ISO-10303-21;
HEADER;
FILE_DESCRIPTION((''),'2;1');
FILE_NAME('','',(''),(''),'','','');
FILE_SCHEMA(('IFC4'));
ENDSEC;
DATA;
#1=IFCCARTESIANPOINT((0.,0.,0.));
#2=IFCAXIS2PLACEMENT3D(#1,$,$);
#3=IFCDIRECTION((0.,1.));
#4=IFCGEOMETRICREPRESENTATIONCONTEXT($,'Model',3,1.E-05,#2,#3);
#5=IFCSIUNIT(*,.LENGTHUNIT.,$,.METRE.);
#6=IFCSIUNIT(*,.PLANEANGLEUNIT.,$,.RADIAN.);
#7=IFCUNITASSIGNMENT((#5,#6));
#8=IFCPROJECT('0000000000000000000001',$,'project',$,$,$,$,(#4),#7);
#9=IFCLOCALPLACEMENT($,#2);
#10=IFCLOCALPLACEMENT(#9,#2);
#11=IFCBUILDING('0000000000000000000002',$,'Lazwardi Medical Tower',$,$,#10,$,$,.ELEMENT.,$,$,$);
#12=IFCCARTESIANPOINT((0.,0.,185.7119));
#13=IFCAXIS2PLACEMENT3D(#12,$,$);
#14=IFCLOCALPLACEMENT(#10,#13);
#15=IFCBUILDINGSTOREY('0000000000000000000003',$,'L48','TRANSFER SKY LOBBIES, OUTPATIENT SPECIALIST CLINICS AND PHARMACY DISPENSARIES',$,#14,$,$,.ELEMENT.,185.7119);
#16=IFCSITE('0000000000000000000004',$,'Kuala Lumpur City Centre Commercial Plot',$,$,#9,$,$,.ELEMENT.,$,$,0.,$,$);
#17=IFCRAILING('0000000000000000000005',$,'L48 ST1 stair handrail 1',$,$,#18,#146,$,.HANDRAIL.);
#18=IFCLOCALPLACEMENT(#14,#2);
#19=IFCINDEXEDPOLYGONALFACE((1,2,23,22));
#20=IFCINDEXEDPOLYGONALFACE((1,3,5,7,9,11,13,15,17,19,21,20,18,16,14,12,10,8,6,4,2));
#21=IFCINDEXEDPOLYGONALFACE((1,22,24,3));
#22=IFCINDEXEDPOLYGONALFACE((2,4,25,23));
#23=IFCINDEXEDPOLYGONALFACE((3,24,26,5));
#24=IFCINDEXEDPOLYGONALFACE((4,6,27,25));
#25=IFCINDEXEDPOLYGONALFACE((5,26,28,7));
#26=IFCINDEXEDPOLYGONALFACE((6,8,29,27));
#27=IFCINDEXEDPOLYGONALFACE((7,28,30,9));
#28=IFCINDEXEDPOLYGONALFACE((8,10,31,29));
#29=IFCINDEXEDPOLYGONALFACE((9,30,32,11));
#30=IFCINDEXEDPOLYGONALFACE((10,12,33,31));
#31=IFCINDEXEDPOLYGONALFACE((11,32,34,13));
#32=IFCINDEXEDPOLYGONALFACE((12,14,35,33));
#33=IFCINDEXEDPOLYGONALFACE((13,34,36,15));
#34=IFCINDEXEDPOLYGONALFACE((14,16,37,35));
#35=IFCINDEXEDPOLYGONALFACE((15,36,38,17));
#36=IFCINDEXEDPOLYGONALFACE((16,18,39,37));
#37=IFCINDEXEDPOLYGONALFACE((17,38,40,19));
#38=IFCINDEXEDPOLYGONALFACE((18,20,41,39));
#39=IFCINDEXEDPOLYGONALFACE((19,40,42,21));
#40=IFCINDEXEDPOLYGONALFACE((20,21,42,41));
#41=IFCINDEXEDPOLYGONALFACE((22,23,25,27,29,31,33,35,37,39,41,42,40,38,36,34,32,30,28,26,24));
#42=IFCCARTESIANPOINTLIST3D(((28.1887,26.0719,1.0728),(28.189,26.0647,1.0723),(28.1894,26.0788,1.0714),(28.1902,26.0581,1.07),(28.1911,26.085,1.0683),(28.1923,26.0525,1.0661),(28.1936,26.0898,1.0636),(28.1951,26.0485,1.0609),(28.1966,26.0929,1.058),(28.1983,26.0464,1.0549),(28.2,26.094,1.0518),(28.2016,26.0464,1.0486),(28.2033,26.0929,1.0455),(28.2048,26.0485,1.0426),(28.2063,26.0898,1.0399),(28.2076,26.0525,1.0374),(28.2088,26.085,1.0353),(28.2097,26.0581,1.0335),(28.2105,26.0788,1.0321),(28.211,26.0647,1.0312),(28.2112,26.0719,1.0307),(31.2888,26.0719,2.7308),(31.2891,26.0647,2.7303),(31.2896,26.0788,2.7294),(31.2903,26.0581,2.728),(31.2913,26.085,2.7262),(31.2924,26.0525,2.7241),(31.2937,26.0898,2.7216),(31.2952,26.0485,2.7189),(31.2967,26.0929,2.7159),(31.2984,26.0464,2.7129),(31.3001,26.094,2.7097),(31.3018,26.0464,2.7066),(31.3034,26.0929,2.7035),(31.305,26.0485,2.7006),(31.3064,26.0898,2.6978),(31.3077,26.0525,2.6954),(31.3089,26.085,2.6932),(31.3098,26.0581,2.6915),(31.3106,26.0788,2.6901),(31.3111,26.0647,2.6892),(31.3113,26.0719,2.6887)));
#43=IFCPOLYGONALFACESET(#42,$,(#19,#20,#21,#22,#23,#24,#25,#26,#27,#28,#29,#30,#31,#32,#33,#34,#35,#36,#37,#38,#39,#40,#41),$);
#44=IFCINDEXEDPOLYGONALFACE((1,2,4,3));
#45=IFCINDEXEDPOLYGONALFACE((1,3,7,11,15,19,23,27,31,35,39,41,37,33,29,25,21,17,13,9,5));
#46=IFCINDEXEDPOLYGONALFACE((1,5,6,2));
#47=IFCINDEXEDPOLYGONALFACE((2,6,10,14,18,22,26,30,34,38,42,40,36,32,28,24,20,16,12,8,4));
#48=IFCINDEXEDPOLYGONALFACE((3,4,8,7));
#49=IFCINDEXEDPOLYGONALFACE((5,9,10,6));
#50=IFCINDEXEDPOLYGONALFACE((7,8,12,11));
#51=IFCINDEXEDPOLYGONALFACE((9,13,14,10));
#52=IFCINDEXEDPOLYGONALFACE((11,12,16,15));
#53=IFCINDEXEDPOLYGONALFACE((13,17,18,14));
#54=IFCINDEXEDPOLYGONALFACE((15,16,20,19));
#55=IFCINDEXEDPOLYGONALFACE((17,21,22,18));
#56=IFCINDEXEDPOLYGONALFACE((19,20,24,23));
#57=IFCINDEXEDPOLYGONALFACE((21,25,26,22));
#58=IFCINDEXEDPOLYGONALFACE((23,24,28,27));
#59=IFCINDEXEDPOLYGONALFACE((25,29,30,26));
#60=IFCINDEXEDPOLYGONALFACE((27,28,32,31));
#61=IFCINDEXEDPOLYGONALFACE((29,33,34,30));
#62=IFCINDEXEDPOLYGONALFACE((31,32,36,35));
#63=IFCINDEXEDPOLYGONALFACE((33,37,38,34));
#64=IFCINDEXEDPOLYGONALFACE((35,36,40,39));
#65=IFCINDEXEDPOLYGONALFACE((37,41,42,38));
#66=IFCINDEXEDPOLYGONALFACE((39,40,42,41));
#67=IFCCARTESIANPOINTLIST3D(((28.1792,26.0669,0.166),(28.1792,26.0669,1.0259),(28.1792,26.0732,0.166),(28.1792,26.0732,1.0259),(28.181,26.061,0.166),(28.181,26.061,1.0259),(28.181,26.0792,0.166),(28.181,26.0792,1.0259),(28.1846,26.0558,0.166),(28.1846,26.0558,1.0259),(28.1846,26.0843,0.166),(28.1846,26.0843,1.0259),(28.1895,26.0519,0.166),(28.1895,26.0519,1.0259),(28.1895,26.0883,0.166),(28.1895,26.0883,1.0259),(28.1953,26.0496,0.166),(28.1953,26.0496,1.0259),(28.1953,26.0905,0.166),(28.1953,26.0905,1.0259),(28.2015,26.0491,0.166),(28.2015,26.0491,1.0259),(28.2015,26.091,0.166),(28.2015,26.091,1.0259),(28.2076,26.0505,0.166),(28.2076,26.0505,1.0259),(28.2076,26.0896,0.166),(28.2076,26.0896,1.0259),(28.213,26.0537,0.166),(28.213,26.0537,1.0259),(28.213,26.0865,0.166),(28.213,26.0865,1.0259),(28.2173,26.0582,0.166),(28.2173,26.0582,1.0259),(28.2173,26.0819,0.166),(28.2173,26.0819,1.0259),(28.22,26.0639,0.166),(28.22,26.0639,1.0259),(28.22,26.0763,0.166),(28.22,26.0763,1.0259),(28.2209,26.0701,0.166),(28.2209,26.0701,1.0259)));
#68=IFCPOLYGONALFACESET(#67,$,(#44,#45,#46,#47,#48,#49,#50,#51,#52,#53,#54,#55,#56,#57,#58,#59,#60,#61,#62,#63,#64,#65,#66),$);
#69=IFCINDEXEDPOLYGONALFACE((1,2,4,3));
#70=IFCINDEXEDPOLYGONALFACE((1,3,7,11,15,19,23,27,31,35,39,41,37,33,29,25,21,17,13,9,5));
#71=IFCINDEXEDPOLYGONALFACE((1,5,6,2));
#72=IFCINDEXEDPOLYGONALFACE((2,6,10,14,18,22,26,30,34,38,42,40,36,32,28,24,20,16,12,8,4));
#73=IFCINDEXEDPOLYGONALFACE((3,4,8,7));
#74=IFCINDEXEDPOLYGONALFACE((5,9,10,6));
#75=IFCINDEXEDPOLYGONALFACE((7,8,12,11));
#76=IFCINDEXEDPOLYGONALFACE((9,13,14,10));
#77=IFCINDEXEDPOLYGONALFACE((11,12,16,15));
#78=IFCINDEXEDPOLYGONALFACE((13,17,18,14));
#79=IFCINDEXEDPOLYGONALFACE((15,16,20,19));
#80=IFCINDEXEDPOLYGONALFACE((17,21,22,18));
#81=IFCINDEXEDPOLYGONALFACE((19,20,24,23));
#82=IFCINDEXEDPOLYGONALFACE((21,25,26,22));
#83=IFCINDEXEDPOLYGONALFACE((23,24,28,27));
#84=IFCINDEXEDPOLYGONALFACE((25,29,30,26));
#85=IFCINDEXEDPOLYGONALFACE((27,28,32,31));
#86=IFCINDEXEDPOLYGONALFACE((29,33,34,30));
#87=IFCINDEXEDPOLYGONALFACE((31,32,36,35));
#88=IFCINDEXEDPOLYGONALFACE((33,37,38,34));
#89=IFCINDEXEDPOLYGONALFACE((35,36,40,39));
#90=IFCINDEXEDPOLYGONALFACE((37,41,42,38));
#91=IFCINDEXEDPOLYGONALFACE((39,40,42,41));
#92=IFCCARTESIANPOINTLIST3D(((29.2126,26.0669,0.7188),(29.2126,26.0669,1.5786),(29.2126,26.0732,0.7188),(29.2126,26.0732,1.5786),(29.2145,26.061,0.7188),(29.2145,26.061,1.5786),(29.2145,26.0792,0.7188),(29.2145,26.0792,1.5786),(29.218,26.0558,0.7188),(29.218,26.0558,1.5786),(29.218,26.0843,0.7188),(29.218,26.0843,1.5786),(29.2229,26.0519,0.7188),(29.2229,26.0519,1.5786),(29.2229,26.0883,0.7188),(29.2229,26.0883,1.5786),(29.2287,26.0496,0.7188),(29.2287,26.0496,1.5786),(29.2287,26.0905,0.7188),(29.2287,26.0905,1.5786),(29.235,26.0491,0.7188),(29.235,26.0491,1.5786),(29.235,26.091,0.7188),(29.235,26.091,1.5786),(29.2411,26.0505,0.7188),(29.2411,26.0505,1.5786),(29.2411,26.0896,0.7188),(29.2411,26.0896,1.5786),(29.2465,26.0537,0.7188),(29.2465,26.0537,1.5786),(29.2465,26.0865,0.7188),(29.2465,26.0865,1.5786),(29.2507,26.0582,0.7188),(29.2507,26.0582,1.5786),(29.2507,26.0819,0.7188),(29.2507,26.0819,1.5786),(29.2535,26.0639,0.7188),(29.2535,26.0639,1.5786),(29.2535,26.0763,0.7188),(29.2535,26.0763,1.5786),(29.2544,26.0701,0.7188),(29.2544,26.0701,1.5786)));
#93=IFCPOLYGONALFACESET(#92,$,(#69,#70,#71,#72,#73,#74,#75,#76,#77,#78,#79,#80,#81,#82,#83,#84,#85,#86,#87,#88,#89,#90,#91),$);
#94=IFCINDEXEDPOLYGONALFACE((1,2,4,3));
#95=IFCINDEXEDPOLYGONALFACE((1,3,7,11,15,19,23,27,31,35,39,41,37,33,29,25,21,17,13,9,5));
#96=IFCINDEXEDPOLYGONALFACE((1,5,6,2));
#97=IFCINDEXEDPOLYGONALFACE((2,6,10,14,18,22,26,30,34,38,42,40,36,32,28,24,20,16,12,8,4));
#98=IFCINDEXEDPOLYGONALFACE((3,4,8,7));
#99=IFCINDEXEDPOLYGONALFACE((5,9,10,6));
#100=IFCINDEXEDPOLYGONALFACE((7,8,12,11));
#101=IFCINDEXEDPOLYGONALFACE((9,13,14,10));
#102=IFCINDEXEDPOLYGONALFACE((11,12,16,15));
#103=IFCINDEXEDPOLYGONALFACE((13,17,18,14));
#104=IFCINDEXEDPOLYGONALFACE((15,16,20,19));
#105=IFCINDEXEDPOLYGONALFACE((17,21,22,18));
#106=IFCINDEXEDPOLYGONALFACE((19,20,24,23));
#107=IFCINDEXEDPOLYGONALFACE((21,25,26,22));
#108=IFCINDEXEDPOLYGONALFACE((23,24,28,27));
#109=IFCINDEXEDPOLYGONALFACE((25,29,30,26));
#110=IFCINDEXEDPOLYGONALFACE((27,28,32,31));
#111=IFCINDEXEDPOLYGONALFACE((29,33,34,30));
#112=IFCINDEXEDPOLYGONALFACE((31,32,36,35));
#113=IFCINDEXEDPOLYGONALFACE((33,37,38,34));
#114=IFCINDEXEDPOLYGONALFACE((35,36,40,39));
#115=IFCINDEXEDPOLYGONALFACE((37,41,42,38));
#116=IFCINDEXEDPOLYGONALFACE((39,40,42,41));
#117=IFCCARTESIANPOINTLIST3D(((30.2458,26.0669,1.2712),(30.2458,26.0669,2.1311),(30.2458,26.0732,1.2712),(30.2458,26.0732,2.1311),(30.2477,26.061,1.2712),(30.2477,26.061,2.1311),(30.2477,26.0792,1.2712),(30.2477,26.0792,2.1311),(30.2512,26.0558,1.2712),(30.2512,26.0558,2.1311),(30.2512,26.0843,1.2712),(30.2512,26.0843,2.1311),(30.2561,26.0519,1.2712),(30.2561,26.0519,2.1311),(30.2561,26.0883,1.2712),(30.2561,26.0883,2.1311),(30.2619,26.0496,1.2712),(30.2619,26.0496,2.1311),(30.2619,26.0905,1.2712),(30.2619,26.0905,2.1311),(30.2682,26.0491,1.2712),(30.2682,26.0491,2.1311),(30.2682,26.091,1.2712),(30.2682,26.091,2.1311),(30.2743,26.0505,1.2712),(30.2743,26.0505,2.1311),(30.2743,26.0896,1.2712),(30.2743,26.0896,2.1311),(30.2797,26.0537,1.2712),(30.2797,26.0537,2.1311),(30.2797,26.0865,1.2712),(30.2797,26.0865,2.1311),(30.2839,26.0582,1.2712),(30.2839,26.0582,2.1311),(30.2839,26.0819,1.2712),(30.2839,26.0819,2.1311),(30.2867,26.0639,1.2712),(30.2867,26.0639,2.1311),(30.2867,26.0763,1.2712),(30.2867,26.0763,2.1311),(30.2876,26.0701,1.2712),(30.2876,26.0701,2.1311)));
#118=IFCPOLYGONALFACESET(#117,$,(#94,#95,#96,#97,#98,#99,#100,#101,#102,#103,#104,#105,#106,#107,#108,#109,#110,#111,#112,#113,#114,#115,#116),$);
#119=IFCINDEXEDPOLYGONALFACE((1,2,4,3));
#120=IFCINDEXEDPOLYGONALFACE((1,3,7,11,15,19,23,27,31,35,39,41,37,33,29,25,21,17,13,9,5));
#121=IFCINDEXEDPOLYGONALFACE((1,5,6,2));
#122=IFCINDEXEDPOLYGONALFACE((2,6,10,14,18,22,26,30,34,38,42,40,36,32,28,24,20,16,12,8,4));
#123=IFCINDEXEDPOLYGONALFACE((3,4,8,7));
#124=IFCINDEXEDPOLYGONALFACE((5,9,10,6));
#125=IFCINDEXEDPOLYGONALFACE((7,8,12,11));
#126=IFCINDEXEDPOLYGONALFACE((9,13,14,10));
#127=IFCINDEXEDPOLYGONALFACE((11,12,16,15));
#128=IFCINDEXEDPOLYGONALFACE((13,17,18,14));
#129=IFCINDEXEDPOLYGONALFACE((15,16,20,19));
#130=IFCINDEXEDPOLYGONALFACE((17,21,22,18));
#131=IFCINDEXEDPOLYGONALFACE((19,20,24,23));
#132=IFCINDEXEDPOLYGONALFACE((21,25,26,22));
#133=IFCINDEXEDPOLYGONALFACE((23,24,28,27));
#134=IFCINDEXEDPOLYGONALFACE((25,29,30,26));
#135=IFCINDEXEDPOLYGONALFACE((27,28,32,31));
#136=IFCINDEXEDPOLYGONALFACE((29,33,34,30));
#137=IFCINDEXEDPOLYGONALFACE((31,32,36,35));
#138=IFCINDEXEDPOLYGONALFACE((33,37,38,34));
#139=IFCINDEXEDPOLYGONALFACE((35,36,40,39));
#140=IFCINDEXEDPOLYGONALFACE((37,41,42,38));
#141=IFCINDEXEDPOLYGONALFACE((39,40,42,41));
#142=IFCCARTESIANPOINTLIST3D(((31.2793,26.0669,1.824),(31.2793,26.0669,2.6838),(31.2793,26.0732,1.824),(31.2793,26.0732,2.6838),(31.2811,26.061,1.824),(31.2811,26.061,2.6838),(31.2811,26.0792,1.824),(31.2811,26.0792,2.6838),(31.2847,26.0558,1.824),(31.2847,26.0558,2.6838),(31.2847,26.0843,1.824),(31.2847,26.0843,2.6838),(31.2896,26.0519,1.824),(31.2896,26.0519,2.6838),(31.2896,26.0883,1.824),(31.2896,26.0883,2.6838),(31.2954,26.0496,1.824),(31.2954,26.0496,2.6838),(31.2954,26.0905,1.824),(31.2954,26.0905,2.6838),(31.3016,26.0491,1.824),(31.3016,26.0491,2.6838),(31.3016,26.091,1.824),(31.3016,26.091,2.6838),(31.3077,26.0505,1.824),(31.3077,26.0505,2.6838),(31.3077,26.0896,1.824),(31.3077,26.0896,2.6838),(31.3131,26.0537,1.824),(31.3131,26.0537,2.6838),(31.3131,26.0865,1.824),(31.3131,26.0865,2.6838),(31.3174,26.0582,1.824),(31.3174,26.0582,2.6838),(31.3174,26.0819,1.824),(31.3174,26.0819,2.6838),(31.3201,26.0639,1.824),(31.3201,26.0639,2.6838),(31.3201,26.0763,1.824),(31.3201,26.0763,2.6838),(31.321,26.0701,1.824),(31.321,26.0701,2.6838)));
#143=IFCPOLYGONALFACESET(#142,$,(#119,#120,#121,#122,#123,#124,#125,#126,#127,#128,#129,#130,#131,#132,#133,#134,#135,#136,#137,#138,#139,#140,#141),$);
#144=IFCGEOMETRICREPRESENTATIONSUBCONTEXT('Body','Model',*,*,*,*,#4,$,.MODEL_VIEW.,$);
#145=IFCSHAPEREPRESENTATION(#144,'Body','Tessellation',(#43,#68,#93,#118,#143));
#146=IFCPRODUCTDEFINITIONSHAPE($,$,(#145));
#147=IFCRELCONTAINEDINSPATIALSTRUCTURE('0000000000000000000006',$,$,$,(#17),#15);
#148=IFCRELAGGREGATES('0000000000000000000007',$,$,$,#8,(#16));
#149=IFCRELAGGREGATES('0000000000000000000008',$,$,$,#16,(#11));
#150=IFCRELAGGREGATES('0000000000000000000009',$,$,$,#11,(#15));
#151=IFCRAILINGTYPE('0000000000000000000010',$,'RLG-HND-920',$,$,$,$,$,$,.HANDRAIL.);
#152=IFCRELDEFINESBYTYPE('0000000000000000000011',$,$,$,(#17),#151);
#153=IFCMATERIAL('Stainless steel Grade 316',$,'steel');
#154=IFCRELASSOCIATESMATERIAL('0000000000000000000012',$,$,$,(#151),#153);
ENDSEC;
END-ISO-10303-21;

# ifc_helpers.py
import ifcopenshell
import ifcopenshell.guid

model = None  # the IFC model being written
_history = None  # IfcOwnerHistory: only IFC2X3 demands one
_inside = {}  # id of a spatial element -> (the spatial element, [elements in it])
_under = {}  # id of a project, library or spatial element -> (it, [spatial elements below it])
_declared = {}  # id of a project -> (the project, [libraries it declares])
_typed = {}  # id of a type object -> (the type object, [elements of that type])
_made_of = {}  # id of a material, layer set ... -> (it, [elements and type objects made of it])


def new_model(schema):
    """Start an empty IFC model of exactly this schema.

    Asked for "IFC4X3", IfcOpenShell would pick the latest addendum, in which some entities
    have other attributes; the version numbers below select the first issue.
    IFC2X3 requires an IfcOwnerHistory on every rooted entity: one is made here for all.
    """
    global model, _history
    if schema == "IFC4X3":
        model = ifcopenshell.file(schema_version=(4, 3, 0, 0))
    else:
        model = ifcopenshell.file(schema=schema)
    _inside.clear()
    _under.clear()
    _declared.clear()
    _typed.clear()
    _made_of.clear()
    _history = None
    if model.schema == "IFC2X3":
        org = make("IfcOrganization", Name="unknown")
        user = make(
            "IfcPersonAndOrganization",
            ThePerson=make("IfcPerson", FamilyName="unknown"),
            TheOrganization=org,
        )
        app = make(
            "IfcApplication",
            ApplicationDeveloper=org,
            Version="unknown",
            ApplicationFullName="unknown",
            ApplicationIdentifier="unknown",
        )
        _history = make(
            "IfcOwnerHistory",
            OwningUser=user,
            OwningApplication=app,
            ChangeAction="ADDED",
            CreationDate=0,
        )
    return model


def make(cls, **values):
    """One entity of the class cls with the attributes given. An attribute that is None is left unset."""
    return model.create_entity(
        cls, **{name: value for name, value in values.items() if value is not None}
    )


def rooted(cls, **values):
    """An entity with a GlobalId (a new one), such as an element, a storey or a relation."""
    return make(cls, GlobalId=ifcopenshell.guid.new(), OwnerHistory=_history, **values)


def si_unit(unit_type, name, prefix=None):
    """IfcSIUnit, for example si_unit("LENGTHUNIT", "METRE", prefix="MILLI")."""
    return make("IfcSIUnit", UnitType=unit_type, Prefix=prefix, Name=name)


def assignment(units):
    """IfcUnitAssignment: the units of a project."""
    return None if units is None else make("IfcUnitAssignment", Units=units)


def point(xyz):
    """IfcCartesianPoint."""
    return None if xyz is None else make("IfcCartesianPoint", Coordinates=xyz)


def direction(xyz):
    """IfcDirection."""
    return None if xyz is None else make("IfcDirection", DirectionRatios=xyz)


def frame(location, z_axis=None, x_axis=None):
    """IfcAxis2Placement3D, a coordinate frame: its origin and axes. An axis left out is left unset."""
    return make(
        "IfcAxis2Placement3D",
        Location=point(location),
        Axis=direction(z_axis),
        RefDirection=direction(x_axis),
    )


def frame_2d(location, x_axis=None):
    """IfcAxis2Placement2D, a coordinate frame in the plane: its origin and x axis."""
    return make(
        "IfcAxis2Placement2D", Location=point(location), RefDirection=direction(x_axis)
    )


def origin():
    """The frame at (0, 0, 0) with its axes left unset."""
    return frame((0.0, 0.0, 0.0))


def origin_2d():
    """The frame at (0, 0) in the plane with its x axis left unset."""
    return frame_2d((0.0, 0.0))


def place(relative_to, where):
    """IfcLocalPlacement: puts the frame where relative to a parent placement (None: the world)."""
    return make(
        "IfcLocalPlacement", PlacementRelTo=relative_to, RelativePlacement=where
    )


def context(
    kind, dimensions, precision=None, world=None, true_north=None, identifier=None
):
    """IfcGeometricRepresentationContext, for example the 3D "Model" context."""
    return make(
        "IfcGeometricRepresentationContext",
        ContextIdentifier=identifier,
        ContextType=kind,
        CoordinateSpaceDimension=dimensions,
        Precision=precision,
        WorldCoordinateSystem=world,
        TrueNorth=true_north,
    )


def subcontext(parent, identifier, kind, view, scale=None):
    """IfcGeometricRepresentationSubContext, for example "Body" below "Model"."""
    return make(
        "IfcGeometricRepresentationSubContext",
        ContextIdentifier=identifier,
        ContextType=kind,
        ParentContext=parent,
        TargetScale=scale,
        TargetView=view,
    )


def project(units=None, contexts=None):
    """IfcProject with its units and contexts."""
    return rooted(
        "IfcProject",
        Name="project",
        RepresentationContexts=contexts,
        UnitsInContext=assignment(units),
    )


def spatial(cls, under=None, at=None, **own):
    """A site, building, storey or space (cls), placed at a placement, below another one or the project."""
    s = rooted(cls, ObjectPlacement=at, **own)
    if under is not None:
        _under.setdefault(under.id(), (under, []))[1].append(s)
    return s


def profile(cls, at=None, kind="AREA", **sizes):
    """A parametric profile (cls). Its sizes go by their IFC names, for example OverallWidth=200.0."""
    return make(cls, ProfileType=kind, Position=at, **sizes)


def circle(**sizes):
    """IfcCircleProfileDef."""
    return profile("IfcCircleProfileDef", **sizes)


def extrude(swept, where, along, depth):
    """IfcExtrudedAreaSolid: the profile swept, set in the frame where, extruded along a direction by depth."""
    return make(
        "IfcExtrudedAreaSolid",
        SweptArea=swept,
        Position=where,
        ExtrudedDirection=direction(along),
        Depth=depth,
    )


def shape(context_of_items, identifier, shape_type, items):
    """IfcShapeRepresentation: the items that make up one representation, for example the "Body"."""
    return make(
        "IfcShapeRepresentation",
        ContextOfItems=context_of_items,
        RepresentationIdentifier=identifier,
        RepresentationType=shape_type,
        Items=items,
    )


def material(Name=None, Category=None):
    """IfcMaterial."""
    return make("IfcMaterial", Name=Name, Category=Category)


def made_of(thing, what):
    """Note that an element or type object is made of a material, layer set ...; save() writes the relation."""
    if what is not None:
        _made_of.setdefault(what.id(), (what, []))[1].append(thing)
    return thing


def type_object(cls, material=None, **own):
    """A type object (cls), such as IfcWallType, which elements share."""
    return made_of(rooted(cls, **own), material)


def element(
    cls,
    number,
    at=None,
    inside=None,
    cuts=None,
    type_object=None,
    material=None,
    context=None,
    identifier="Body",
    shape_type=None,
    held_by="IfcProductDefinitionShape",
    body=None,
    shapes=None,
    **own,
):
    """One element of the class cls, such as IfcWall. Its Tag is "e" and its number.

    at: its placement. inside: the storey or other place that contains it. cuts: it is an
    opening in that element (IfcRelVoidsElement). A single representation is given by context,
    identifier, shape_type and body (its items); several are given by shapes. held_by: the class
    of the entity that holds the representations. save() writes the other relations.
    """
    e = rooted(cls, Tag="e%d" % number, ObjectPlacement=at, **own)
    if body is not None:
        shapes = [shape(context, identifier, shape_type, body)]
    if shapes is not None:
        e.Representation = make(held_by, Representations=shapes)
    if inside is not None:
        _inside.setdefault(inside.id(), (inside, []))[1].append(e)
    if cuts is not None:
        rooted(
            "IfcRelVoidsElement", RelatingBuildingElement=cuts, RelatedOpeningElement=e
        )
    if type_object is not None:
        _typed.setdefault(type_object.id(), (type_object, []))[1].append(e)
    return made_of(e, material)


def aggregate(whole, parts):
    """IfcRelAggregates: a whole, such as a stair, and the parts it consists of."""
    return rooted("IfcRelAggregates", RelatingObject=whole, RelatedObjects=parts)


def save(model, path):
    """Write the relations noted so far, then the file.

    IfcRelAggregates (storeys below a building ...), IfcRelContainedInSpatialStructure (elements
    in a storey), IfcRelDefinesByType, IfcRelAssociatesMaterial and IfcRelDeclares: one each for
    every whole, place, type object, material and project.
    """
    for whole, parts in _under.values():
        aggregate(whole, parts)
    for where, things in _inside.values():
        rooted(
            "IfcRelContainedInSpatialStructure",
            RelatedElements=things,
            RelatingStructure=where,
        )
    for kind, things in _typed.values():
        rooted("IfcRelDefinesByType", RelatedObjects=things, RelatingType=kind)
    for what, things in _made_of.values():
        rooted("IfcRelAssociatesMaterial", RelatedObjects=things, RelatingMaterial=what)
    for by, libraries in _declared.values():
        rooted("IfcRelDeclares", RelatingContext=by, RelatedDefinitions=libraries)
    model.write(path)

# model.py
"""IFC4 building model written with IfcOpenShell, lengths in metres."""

from ifc_helpers import new_model, si_unit, direction, frame, origin, origin_2d, place, context, subcontext, project, spatial, circle, extrude, material, type_object, element, save


model = new_model("IFC4")

# Units and contexts
model_context = context("Model", 3, precision=1e-05, world=origin(), true_north=direction((0.0, 1.0)))
body_context = subcontext(model_context, "Body", "Model", "MODEL_VIEW")
ifc_project = project(units=[si_unit("LENGTHUNIT", "METRE"), si_unit("PLANEANGLEUNIT", "RADIAN")], contexts=[model_context])

# Site, building, storey
site_placement = place(None, origin())
site = spatial("IfcSite", under=ifc_project, at=site_placement, Name="Kuala Lumpur City Centre Commercial Plot", CompositionType="ELEMENT", RefElevation=0.0)
building_placement = place(site_placement, origin())
building = spatial("IfcBuilding", under=site, at=building_placement, Name="Lazwardi Medical Tower", CompositionType="ELEMENT")
storey_placement = place(building_placement, frame((0.0, 0.0, 185.7119)))
storey = spatial("IfcBuildingStorey", under=building, at=storey_placement, Name="L48", Description="TRANSFER SKY LOBBIES, OUTPATIENT SPECIALIST CLINICS AND PHARMACY DISPENSARIES", CompositionType="ELEMENT", Elevation=185.7119)

# Railing
ifc_material_1 = material(Name="Stainless steel Grade 316", Category="steel")
railing_type_1 = type_object("IfcRailingType", Name="RLG-HND-920", PredefinedType="HANDRAIL", material=ifc_material_1)
railing_1_placement = place(storey_placement, frame((28.2, 26.0701, 0.166)))
element("IfcRailing", 1, at=railing_1_placement, inside=storey, type_object=railing_type_1, Name="L48 ST1 stair handrail 1", PredefinedType="HANDRAIL", context=body_context, shape_type="SweptSolid", body=[
    extrude(circle(Radius=0.0239, at=origin_2d()), frame((0.0, 0.0, 0.8857), z_axis=(0.881812, 0.0, 0.471601), x_axis=(0.0, 1.0, 0.0)), (0.0, 0.0, 1.0), 3.5156),
    extrude(circle(Radius=0.021, at=origin_2d()), origin(), (0.0, 0.0, 1.0), 0.8599),
    extrude(circle(Radius=0.021, at=origin_2d()), frame((1.0334, 0.0, 0.5527)), (0.0, 0.0, 1.0), 0.8599),
    extrude(circle(Radius=0.021, at=origin_2d()), frame((2.0667, 0.0, 1.1052)), (0.0, 0.0, 1.0), 0.8599),
    extrude(circle(Radius=0.021, at=origin_2d()), frame((3.1001, 0.0, 1.658)), (0.0, 0.0, 1.0), 0.8599),
])

save(model, "model.ifc")
